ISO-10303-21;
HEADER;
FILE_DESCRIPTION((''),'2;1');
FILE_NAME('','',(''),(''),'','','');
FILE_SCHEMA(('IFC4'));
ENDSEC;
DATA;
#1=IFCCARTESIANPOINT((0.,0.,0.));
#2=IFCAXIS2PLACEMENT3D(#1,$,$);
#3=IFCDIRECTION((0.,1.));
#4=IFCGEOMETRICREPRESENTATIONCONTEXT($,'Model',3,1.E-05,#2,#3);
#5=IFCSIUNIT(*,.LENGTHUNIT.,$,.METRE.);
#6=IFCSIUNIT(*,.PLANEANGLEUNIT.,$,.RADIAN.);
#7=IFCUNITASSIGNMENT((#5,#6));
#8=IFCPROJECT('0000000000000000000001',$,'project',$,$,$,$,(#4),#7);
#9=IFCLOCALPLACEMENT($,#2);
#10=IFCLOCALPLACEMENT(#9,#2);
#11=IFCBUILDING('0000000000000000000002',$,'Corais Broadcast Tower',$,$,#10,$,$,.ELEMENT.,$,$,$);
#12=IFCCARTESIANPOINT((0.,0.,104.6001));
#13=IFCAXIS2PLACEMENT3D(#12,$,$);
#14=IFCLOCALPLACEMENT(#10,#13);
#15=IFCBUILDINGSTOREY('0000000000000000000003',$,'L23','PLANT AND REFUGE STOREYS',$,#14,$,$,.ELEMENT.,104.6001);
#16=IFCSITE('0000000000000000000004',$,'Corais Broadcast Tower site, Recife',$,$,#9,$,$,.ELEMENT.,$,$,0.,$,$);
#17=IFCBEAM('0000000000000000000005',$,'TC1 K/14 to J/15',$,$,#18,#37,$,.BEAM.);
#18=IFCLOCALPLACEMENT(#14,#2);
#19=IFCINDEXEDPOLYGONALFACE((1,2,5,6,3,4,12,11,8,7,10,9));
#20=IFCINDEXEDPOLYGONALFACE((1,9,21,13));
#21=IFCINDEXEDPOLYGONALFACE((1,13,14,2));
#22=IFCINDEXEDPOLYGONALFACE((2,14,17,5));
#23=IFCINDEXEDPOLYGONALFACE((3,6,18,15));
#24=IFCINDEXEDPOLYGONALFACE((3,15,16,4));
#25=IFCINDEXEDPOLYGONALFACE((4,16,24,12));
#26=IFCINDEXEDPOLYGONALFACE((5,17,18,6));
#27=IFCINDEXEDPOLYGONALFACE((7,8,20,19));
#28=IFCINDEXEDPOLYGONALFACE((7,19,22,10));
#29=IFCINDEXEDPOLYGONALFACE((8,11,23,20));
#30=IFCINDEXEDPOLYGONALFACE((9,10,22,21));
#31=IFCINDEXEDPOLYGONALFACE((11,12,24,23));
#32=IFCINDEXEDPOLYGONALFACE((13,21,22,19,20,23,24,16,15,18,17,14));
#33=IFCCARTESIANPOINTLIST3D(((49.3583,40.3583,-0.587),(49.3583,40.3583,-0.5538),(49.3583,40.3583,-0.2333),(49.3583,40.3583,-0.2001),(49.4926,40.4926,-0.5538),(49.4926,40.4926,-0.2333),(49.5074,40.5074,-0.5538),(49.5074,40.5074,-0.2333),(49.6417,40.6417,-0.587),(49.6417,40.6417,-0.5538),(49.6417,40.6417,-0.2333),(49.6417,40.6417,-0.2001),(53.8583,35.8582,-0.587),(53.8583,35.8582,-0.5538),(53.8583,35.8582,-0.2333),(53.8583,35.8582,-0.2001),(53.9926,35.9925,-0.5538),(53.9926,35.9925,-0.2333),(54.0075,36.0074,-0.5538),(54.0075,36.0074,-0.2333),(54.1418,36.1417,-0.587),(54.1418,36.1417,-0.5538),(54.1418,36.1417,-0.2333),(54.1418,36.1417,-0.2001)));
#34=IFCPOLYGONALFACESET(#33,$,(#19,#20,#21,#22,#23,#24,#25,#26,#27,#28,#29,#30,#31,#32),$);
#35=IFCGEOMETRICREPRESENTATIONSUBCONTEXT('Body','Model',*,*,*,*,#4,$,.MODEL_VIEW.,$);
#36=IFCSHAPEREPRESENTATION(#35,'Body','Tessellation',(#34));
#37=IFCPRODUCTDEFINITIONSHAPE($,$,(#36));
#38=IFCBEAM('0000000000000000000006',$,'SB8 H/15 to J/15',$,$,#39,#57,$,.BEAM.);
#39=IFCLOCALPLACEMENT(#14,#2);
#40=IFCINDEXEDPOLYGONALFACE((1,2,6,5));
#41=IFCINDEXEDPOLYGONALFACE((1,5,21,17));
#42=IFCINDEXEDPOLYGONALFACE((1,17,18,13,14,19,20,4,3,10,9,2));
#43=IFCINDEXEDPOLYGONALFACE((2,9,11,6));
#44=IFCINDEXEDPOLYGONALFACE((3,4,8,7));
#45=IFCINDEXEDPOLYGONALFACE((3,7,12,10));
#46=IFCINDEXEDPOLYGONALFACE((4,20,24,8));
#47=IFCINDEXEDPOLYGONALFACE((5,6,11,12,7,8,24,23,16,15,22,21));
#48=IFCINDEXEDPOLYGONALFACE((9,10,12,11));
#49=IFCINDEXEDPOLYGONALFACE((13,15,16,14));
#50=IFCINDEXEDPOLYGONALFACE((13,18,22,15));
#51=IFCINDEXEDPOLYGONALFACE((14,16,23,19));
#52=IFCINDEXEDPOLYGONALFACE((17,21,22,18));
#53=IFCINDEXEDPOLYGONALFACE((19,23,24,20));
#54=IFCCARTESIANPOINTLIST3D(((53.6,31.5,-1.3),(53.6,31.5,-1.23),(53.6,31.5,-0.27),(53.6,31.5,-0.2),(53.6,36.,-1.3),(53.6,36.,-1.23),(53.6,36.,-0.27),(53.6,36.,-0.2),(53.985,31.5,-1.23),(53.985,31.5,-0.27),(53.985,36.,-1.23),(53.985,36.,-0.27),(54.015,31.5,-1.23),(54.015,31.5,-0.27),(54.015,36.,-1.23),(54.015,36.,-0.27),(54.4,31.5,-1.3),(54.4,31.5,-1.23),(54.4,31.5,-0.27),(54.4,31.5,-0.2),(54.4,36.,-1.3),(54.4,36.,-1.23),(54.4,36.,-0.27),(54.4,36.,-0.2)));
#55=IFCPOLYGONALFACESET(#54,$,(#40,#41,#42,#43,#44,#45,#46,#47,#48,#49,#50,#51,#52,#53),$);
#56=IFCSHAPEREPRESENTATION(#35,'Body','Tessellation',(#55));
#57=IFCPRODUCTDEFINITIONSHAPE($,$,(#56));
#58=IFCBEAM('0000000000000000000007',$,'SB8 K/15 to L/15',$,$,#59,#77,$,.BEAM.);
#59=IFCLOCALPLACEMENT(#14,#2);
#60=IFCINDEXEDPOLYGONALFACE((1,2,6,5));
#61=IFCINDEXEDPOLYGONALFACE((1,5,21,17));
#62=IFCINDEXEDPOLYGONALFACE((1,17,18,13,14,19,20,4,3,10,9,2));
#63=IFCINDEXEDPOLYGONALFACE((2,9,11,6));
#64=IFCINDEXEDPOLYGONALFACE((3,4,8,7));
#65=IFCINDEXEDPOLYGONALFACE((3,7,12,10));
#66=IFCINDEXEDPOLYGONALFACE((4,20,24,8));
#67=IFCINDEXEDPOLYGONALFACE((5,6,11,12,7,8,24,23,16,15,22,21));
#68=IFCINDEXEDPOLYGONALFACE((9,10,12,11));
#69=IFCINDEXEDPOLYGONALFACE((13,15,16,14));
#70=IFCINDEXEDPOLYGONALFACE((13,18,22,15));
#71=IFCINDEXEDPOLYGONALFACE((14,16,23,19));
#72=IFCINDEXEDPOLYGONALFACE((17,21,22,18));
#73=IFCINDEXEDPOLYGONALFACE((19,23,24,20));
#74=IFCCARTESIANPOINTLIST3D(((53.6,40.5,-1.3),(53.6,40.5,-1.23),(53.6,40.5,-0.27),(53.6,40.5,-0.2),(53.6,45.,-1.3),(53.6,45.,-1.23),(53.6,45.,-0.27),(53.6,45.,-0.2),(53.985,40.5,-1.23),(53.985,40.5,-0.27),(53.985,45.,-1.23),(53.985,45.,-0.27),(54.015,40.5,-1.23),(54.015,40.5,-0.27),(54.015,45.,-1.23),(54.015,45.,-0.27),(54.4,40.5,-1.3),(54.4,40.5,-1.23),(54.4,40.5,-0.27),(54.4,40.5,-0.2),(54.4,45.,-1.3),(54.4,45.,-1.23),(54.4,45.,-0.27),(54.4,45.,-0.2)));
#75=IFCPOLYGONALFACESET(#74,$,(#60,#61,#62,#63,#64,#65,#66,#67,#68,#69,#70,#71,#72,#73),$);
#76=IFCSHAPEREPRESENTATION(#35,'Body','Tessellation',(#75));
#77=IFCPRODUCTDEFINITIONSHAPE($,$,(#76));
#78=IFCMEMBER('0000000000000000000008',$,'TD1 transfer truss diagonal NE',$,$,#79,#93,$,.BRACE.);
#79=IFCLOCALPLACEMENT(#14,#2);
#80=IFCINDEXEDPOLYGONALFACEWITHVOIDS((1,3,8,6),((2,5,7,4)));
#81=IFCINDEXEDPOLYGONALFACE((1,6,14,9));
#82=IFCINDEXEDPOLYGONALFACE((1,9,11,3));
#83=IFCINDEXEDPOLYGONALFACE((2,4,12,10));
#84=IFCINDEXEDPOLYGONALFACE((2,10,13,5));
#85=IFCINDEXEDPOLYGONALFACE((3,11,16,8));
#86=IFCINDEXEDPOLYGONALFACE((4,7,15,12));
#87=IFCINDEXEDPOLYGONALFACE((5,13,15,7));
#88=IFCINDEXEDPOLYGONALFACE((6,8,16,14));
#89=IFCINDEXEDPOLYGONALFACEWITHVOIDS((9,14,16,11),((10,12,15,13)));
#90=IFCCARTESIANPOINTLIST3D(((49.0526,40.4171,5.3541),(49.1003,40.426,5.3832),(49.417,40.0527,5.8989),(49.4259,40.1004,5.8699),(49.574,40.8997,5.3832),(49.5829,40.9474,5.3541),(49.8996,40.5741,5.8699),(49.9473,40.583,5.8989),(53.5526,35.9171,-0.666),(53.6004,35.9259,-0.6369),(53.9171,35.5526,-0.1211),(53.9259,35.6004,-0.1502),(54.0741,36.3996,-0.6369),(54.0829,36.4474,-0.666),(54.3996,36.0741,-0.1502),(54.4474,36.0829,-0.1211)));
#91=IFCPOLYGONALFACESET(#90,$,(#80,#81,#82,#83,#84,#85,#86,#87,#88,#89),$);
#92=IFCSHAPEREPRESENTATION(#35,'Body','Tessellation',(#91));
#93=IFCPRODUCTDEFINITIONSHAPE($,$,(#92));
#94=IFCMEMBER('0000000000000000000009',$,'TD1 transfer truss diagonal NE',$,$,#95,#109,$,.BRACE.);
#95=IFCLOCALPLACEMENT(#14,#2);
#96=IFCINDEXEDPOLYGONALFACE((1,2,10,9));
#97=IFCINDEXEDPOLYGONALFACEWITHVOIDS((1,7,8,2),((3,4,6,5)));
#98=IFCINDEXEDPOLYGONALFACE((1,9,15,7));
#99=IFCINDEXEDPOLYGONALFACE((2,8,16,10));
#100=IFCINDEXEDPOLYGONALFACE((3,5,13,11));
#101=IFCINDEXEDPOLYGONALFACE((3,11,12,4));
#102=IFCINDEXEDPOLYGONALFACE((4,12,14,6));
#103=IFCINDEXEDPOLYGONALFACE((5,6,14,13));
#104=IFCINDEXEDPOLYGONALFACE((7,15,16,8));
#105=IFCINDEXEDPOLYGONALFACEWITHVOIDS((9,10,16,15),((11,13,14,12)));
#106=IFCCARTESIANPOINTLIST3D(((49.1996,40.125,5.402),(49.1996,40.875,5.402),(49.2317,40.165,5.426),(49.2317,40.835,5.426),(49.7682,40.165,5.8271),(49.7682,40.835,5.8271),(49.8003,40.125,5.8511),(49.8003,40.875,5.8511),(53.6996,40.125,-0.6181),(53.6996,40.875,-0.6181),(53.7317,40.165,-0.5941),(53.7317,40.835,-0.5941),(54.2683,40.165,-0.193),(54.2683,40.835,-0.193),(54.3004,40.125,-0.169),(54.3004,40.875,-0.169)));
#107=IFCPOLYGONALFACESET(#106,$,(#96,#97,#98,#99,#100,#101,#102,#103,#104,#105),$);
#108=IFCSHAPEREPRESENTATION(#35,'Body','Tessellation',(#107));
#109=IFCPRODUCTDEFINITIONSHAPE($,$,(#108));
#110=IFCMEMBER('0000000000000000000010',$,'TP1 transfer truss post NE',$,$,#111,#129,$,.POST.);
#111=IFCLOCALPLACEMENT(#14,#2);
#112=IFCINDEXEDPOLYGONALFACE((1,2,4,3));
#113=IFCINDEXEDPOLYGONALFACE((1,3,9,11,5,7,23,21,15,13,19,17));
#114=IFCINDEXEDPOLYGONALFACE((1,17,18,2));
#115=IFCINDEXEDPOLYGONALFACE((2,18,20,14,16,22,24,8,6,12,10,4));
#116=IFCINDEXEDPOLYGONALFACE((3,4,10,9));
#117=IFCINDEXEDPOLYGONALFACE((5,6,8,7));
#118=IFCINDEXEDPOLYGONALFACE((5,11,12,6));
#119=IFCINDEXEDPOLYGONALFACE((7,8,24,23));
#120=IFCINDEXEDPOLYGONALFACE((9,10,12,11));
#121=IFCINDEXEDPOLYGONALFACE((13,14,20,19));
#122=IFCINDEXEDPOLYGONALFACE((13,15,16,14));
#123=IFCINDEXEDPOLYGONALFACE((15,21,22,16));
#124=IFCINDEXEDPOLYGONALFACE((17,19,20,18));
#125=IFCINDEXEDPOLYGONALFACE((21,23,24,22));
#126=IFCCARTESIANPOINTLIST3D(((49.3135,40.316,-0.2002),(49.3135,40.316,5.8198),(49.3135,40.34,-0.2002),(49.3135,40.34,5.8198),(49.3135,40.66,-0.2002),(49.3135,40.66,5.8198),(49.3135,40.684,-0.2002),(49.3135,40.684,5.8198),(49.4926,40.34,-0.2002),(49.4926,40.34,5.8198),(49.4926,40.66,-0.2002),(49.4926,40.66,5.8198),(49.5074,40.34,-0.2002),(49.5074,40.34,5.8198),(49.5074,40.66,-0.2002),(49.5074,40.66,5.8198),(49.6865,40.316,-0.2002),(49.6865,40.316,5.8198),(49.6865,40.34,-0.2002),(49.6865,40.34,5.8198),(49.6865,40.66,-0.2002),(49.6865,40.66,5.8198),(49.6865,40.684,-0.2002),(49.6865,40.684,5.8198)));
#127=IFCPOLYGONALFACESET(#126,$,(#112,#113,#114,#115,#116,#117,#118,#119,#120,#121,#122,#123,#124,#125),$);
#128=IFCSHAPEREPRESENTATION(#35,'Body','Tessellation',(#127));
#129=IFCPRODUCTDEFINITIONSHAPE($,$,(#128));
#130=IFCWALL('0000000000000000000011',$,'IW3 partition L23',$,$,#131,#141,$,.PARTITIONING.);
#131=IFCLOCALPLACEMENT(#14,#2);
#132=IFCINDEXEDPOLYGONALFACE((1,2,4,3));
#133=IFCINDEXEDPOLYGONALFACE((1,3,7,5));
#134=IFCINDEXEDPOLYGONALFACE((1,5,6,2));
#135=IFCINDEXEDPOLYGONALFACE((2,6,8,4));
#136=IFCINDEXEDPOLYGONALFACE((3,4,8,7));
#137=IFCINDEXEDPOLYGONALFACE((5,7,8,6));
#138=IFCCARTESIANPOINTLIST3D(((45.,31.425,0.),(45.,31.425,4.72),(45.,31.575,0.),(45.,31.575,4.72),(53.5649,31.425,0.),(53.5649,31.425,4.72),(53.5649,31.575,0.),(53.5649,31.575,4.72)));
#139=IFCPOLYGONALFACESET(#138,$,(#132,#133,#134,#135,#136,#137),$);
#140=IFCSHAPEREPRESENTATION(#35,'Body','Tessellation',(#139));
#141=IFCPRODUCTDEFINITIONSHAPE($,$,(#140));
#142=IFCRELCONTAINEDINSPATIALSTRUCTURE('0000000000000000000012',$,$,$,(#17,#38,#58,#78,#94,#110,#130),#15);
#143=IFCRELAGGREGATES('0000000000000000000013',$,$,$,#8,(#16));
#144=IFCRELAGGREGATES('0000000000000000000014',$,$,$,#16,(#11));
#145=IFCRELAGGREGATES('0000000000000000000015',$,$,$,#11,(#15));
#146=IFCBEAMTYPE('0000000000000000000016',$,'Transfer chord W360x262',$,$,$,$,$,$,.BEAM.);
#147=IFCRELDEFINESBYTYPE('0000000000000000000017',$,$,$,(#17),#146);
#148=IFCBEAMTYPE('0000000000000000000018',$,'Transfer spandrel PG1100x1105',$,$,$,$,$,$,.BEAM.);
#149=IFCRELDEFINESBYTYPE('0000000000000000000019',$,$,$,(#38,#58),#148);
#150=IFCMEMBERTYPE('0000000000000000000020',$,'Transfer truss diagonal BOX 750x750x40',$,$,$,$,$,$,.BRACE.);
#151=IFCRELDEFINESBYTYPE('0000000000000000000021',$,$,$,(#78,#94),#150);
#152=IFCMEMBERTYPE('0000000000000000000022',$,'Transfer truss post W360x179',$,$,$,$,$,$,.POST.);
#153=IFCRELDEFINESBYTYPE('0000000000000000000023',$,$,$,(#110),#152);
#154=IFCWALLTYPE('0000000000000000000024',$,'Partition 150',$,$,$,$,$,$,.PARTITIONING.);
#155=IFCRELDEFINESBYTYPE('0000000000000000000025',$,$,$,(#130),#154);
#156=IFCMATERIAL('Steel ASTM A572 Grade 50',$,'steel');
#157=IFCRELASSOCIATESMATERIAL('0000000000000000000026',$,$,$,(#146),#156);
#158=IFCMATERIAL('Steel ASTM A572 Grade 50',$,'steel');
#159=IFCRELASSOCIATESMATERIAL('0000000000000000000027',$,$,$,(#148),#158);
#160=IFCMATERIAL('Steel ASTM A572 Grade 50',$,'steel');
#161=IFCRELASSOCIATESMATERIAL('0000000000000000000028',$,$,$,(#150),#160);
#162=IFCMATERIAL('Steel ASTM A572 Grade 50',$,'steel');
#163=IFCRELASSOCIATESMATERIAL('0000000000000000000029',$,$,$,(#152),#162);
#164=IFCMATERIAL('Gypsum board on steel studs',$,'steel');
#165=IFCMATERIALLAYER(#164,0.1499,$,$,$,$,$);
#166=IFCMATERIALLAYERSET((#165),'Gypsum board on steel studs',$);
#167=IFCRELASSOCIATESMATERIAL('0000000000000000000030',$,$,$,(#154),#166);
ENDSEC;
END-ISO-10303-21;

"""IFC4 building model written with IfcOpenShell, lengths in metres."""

from ifc_helpers import new_model, si_unit, direction, frame, frame_2d, origin, origin_2d, place, context, subcontext, project, spatial, rectangle, hollow_rectangle, i_section, extrude, material, layer, layer_set, material_profile, profile_set, type_object, element, save


model = new_model("IFC4")

# Units and contexts
model_context = context("Model", 3, precision=1e-05, world=origin(), true_north=direction((0.0, 1.0)))
body_context = subcontext(model_context, "Body", "Model", "MODEL_VIEW")
ifc_project = project(units=[si_unit("LENGTHUNIT", "METRE"), si_unit("PLANEANGLEUNIT", "RADIAN")], contexts=[model_context])

# Site, building, storey
site_placement = place(None, origin())
site = spatial("IfcSite", under=ifc_project, at=site_placement, Name="Corais Broadcast Tower site, Recife", CompositionType="ELEMENT", RefElevation=0.0)
building_placement = place(site_placement, origin())
building = spatial("IfcBuilding", under=site, at=building_placement, Name="Corais Broadcast Tower", CompositionType="ELEMENT")
storey_placement = place(building_placement, frame((0.0, 0.0, 104.6001)))
storey = spatial("IfcBuildingStorey", under=building, at=storey_placement, Name="L23", Description="PLANT AND REFUGE STOREYS", CompositionType="ELEMENT", Elevation=104.6001)

# Beams
ifc_material_1 = material(Name="Steel ASTM A572 Grade 50", Category="steel")
ifc_material_profile_1 = material_profile(ifc_material_1, i_section(OverallWidth=0.4009, OverallDepth=0.387, WebThickness=0.021, FlangeThickness=0.0332, at=origin_2d()), Name="W360x262")
ifc_profile_set_1 = profile_set([ifc_material_profile_1], Name="Steel ASTM A572 Grade 50")
beam_type_1 = type_object("IfcBeamType", Name="Transfer chord W360x262", PredefinedType="BEAM", material=ifc_profile_set_1)
beam_1_placement = place(storey_placement, frame((49.5, 40.5, -0.3936), z_axis=(0.707107, -0.707107, 0.0), x_axis=(0.707107, 0.707107, 0.0)))
element("IfcBeam", 1, at=beam_1_placement, inside=storey, type_object=beam_type_1, Name="TC1 K/14 to J/15", PredefinedType="BEAM", context=body_context, shape_type="SweptSolid", body=[
    extrude(i_section(OverallWidth=0.4009, OverallDepth=0.387, WebThickness=0.021, FlangeThickness=0.0332, at=origin_2d()), origin(), (0.0, 0.0, 1.0), 6.364),
])
ifc_material_2 = material(Name="Steel ASTM A572 Grade 50", Category="steel")
ifc_material_profile_2 = material_profile(ifc_material_2, i_section(OverallWidth=0.8, OverallDepth=1.1001, WebThickness=0.03, FlangeThickness=0.0701, at=origin_2d()), Name="PG1100x1105")
ifc_profile_set_2 = profile_set([ifc_material_profile_2], Name="Steel ASTM A572 Grade 50")
beam_type_2 = type_object("IfcBeamType", Name="Transfer spandrel PG1100x1105", PredefinedType="BEAM", material=ifc_profile_set_2)
for number, where, z_axis, x_axis, name in (
    (2, (54.0, 31.5, -0.75), (0.0, 1.0, 0.0), (-1.0, 0.0, 0.0), "SB8 H/15 to J/15"),
    (3, (54.0, 40.5, -0.75), (0.0, 1.0, 0.0), (-1.0, 0.0, 0.0), "SB8 K/15 to L/15"),
):
    element("IfcBeam", number, at=place(storey_placement, frame(where, z_axis=z_axis, x_axis=x_axis)), inside=storey, type_object=beam_type_2, Name=name, PredefinedType="BEAM", context=body_context, shape_type="SweptSolid", body=[
        extrude(i_section(OverallWidth=0.8, OverallDepth=1.1001, WebThickness=0.03, FlangeThickness=0.0701, at=origin_2d()), origin(), (0.0, 0.0, 1.0), 4.5),
    ])

# Members
ifc_material_3 = material(Name="Steel ASTM A572 Grade 50", Category="steel")
ifc_material_profile_3 = material_profile(ifc_material_3, hollow_rectangle(XDim=0.75, YDim=0.75, WallThickness=0.04, at=origin_2d()), Name="BOX 750x750x40")
ifc_profile_set_3 = profile_set([ifc_material_profile_3], Name="Steel ASTM A572 Grade 50")
member_type_1 = type_object("IfcMemberType", Name="Transfer truss diagonal BOX 750x750x40", PredefinedType="BRACE", material=ifc_profile_set_3)
member_1_placement = place(storey_placement, frame((54.0, 36.0, -0.3936), z_axis=(-0.513688, 0.513688, 0.687203), x_axis=(-0.707107, -0.707107, 0.0)))
element("IfcMember", 4, at=member_1_placement, inside=storey, type_object=member_type_1, Name="TD1 transfer truss diagonal NE", PredefinedType="BRACE", context=body_context, shape_type="SweptSolid", body=[
    extrude(hollow_rectangle(XDim=0.75, YDim=0.75, WallThickness=0.04, at=origin_2d()), origin(), (0.0, 0.0, 1.0), 8.7603),
])
member_2_placement = place(storey_placement, frame((54.0, 40.5, -0.3936), z_axis=(-0.598721, 0.0, 0.800958), x_axis=(0.0, -1.0, 0.0)))
element("IfcMember", 5, at=member_2_placement, inside=storey, type_object=member_type_1, Name="TD1 transfer truss diagonal NE", PredefinedType="BRACE", context=body_context, shape_type="SweptSolid", body=[
    extrude(hollow_rectangle(XDim=0.75, YDim=0.75, WallThickness=0.04, at=origin_2d()), origin(), (0.0, 0.0, 1.0), 7.5161),
])
ifc_material_4 = material(Name="Steel ASTM A572 Grade 50", Category="steel")
ifc_material_profile_4 = material_profile(ifc_material_4, i_section(OverallWidth=0.373, OverallDepth=0.3679, WebThickness=0.0149, FlangeThickness=0.0239, at=origin_2d()), Name="W360x179")
ifc_profile_set_4 = profile_set([ifc_material_profile_4], Name="Steel ASTM A572 Grade 50")
member_type_2 = type_object("IfcMemberType", Name="Transfer truss post W360x179", PredefinedType="POST", material=ifc_profile_set_4)
member_3_placement = place(storey_placement, frame((49.5, 40.5, -0.2002), z_axis=(0.0, 0.0, 1.0), x_axis=(1.0, 0.0, 0.0)))
element("IfcMember", 6, at=member_3_placement, inside=storey, type_object=member_type_2, Name="TP1 transfer truss post NE", PredefinedType="POST", context=body_context, shape_type="SweptSolid", body=[
    extrude(i_section(OverallWidth=0.373, OverallDepth=0.3679, WebThickness=0.0149, FlangeThickness=0.0239, at=origin_2d()), origin(), (0.0, 0.0, 1.0), 6.02),
])

# Wall
ifc_material_5 = material(Name="Gypsum board on steel studs", Category="steel")
ifc_layer_1 = layer(ifc_material_5, 0.1499)
ifc_layer_set_1 = layer_set([ifc_layer_1], Name="Gypsum board on steel studs")
wall_type_1 = type_object("IfcWallType", Name="Partition 150", PredefinedType="PARTITIONING", material=ifc_layer_set_1)
wall_1_placement = place(storey_placement, frame((53.5649, 31.5, 0.0), z_axis=(0.0, 0.0, 1.0), x_axis=(-1.0, 0.0, 0.0)))
element("IfcWall", 7, at=wall_1_placement, inside=storey, type_object=wall_type_1, Name="IW3 partition L23", PredefinedType="PARTITIONING", context=body_context, shape_type="SweptSolid", body=[
    extrude(rectangle(XDim=8.5649, YDim=0.1499, at=frame_2d((4.2825, 0.0))), origin(), (0.0, 0.0, 1.0), 4.72),
])

save(model, "model.ifc")
